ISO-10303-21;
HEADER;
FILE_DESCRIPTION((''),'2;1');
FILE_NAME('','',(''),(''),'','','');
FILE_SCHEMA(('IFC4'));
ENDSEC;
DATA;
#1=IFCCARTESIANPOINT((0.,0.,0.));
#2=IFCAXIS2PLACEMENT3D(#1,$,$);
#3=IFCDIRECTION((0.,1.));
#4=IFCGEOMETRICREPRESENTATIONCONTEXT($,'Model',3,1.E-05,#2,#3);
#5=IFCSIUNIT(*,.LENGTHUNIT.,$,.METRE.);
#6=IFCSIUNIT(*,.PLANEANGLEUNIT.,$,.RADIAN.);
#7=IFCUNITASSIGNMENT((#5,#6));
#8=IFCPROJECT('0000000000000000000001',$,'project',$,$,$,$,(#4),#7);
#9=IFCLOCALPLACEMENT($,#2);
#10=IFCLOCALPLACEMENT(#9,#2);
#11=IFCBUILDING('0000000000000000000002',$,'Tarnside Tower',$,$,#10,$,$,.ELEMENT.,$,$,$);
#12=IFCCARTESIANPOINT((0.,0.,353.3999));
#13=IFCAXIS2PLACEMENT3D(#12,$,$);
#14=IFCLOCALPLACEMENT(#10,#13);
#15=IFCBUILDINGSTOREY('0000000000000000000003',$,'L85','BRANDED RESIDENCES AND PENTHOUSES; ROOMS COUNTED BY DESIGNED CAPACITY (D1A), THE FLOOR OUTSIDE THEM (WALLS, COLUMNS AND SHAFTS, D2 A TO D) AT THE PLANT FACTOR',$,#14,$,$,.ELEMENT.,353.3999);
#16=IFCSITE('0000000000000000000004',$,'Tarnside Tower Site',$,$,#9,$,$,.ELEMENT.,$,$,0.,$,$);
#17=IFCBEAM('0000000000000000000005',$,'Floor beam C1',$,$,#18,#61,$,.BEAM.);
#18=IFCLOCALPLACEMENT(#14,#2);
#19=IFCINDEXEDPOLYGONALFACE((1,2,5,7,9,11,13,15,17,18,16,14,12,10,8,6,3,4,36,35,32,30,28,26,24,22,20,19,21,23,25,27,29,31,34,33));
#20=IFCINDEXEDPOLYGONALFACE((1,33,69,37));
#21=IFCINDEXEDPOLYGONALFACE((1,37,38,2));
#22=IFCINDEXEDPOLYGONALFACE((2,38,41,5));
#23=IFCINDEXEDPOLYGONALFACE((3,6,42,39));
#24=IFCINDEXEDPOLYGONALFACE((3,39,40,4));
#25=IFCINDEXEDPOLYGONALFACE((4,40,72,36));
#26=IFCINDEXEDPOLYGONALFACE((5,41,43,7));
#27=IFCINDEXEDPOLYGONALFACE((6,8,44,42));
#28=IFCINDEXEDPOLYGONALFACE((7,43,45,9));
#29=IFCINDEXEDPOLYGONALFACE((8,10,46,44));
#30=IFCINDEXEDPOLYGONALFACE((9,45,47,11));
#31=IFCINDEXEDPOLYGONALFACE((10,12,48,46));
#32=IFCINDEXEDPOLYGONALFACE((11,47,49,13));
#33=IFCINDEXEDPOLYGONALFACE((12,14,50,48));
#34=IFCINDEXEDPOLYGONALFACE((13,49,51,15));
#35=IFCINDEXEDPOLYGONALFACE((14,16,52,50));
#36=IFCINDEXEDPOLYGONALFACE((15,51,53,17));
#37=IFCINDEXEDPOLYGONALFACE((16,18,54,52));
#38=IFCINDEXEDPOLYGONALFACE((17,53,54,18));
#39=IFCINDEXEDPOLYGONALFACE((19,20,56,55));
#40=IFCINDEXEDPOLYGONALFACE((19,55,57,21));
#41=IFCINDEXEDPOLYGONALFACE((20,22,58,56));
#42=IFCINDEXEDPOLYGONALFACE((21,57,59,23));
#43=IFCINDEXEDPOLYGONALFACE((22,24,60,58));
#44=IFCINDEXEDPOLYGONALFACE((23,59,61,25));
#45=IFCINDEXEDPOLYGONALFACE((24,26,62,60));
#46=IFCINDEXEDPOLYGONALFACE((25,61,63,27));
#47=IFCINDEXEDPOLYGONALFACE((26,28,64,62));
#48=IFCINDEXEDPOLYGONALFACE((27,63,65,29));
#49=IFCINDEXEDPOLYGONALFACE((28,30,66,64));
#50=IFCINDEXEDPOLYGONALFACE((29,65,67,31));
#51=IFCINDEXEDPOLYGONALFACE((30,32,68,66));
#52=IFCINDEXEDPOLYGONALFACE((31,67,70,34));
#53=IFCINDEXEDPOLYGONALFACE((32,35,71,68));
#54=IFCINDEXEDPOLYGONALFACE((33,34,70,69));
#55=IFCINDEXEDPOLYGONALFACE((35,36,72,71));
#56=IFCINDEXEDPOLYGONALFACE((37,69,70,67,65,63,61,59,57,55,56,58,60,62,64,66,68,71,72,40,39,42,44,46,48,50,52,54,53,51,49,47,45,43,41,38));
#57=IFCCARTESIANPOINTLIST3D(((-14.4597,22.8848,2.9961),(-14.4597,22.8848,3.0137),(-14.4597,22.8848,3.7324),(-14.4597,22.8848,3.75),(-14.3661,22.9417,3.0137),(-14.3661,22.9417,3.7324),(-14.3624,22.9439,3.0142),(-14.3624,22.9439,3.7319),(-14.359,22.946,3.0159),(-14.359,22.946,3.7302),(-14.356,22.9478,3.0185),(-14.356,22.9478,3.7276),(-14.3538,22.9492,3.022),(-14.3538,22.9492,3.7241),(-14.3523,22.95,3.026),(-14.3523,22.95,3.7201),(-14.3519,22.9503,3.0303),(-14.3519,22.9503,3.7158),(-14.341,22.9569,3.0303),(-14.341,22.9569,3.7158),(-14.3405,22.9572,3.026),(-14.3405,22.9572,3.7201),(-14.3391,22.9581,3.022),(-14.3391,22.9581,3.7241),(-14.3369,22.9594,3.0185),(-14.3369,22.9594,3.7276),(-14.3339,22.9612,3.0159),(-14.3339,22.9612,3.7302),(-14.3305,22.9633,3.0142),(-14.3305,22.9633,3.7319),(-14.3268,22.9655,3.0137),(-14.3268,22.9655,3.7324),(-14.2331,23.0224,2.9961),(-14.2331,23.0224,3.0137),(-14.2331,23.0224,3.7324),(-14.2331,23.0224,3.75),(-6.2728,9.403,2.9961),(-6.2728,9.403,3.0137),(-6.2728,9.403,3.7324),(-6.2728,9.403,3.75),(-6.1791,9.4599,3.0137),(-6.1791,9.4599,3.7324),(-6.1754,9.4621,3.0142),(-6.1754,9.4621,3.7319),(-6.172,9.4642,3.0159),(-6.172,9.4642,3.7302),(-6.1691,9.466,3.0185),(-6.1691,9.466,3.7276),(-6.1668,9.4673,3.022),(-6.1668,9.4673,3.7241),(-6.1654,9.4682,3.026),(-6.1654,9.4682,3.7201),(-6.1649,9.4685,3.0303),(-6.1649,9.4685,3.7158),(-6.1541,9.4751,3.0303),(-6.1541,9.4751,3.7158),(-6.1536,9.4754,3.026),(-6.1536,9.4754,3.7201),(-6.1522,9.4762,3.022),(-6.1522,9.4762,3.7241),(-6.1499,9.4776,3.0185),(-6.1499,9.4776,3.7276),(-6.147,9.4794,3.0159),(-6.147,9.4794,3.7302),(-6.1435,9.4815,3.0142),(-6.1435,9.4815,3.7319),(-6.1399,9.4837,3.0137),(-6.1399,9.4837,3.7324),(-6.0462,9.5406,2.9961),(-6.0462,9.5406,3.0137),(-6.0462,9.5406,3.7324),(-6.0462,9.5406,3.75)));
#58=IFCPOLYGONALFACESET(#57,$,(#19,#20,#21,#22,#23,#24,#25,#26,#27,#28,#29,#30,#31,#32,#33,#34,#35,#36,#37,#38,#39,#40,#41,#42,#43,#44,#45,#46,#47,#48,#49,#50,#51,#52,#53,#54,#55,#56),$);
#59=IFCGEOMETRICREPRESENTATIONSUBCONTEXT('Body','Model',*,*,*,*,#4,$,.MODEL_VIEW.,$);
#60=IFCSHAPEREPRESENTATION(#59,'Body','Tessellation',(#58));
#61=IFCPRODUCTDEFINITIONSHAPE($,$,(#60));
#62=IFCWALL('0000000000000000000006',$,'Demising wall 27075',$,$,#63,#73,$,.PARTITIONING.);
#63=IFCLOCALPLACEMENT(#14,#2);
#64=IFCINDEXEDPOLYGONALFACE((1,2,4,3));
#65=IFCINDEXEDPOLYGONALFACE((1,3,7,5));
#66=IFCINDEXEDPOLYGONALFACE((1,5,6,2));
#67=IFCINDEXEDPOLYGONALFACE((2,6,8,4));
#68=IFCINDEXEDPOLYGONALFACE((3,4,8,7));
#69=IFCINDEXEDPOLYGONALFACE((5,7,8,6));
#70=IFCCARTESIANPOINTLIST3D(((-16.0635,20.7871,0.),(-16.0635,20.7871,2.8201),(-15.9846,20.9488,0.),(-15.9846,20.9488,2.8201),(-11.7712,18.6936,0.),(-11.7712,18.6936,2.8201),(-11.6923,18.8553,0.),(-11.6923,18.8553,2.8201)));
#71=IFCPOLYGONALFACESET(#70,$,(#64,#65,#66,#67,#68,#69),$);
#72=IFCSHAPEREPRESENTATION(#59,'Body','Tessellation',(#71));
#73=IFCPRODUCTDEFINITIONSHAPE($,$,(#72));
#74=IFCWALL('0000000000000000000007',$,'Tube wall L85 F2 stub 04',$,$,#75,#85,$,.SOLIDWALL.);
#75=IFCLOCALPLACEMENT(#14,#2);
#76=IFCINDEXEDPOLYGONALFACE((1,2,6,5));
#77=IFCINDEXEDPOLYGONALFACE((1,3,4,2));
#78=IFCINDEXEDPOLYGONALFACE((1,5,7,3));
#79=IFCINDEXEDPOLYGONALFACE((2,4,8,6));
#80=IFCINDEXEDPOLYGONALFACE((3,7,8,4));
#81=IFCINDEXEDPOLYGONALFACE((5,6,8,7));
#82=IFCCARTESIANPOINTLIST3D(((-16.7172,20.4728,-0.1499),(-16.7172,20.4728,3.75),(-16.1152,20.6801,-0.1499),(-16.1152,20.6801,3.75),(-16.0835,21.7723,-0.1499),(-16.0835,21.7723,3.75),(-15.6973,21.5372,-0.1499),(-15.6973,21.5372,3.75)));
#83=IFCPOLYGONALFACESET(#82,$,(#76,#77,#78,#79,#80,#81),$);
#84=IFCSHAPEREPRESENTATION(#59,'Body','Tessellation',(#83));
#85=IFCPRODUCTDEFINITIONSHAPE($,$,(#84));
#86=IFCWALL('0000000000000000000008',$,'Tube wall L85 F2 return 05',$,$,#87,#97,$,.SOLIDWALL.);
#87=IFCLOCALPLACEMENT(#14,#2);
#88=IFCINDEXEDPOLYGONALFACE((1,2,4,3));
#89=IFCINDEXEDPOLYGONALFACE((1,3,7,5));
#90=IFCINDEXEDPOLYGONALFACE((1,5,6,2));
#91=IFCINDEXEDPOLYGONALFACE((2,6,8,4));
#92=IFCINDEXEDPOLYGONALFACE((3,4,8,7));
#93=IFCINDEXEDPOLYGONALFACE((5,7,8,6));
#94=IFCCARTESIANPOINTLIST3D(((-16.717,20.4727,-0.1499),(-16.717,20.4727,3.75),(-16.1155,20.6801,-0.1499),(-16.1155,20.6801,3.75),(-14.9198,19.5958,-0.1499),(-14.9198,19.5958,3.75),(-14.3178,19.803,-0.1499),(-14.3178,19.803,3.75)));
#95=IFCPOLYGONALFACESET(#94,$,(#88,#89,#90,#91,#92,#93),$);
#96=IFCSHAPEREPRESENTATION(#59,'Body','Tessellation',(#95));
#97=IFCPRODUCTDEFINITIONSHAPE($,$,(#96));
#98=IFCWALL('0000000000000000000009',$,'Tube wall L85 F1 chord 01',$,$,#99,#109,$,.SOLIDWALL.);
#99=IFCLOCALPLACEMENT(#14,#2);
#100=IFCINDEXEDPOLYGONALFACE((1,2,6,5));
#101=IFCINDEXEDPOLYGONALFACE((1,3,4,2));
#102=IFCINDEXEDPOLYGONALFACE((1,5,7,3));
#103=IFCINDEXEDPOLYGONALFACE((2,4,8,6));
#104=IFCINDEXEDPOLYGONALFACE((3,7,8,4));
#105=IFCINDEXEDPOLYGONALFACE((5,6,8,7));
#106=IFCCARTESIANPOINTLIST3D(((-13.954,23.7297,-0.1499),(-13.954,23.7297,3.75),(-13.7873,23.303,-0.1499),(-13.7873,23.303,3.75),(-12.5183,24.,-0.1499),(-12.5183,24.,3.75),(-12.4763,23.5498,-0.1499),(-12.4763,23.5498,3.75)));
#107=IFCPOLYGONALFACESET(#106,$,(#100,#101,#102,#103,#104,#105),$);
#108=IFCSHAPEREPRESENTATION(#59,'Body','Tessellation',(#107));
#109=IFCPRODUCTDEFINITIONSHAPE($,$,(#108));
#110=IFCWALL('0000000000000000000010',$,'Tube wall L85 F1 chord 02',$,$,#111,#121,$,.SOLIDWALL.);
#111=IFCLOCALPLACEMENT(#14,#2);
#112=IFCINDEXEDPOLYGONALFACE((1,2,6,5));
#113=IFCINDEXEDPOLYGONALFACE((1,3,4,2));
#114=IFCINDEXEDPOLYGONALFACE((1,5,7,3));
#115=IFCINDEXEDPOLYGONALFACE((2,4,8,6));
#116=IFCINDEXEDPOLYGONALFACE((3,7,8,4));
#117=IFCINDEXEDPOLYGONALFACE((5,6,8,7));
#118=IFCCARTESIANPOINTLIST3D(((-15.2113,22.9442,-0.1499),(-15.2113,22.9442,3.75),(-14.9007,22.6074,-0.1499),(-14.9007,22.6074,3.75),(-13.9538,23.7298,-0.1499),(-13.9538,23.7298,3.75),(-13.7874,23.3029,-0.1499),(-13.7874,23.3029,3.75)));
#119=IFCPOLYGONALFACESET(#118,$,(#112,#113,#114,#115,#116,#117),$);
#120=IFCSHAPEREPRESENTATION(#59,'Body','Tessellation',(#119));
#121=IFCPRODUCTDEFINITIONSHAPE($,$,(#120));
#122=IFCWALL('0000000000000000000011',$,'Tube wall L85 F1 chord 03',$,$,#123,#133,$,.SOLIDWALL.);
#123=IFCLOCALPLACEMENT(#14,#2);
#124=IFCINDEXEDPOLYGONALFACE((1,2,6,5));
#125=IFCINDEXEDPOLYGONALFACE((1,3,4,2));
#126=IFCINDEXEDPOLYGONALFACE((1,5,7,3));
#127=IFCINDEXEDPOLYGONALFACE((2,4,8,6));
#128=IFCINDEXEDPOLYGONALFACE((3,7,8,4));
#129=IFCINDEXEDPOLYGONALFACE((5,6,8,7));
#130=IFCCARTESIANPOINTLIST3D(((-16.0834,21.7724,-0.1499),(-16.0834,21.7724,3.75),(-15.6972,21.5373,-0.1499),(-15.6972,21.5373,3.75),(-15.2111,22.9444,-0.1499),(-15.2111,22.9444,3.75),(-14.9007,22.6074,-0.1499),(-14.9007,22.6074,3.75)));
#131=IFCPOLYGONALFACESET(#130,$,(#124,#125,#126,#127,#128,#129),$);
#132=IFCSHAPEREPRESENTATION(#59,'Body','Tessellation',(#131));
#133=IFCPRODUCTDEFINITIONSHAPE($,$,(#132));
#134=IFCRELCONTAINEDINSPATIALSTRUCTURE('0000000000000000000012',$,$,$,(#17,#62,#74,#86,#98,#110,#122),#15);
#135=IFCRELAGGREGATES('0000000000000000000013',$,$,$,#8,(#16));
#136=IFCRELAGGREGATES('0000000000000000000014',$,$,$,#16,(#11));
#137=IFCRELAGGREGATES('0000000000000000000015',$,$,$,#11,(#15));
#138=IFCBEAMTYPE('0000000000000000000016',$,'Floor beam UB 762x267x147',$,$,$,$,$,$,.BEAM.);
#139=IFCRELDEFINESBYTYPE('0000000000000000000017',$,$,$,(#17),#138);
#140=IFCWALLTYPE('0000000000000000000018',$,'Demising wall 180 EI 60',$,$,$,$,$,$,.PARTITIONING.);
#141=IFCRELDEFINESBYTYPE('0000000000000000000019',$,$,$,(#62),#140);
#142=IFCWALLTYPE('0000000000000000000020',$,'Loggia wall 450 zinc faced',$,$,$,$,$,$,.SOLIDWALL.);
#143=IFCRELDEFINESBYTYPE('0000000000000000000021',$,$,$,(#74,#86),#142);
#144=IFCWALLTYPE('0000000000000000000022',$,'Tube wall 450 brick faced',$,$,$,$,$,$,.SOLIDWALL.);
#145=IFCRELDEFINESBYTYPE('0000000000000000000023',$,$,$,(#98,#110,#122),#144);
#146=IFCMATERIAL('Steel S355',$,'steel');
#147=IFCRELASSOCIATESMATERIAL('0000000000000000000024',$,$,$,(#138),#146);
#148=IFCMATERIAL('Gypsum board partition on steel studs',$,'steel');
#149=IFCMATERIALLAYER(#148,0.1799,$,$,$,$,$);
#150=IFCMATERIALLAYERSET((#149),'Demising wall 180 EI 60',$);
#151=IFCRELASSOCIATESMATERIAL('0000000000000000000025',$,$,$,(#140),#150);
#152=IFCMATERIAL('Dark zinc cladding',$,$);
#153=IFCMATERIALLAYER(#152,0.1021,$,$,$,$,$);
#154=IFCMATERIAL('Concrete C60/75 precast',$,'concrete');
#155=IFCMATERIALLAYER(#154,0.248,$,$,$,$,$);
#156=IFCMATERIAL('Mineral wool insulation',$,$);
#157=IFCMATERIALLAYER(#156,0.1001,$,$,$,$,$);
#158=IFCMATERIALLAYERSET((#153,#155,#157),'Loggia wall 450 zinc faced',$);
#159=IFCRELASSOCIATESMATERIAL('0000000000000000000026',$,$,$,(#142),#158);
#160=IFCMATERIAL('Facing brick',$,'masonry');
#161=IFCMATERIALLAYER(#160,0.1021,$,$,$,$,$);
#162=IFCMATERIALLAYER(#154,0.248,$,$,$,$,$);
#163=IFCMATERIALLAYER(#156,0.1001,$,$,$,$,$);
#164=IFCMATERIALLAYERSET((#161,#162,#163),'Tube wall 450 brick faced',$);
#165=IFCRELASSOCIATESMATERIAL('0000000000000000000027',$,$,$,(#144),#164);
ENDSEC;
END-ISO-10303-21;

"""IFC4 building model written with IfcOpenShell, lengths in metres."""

from ifc_helpers import new_model, si_unit, direction, frame, frame_2d, origin, origin_2d, place, context, subcontext, project, spatial, polyline, rectangle, i_section, outline, extrude, material, layer, layer_set, material_profile, profile_set, type_object, element, save


model = new_model("IFC4")

# Units and contexts
model_context = context("Model", 3, precision=1e-05, world=origin(), true_north=direction((0.0, 1.0)))
body_context = subcontext(model_context, "Body", "Model", "MODEL_VIEW")
ifc_project = project(units=[si_unit("LENGTHUNIT", "METRE"), si_unit("PLANEANGLEUNIT", "RADIAN")], contexts=[model_context])

# Site, building, storey
site_placement = place(None, origin())
site = spatial("IfcSite", under=ifc_project, at=site_placement, Name="Tarnside Tower Site", CompositionType="ELEMENT", RefElevation=0.0)
building_placement = place(site_placement, origin())
building = spatial("IfcBuilding", under=site, at=building_placement, Name="Tarnside Tower", CompositionType="ELEMENT")
storey_placement = place(building_placement, frame((0.0, 0.0, 353.3999)))
storey = spatial("IfcBuildingStorey", under=building, at=storey_placement, Name="L85", Description="BRANDED RESIDENCES AND PENTHOUSES; ROOMS COUNTED BY DESIGNED CAPACITY (D1A), THE FLOOR OUTSIDE THEM (WALLS, COLUMNS AND SHAFTS, D2 A TO D) AT THE PLANT FACTOR", CompositionType="ELEMENT", Elevation=353.3999)

# Beam
ifc_material_1 = material(Name="Steel S355", Category="steel")
ifc_material_profile = material_profile(ifc_material_1, i_section(OverallWidth=0.2651, OverallDepth=0.7539, WebThickness=0.0127, FlangeThickness=0.0176, FilletRadius=0.0166, at=origin_2d()), Name="UB 762x267x147")
ifc_profile_set = profile_set([ifc_material_profile], Name="Steel S355")
beam_type = type_object("IfcBeamType", Name="Floor beam UB 762x267x147", PredefinedType="BEAM", material=ifc_profile_set)
beam_placement = place(storey_placement, frame((-14.3464, 22.9536, 3.373), z_axis=(0.51905, -0.854744, 0.0), x_axis=(0.854744, 0.51905, 0.0)))
element("IfcBeam", 1, at=beam_placement, inside=storey, type_object=beam_type, Name="Floor beam C1", PredefinedType="BEAM", context=body_context, shape_type="SweptSolid", body=[
    extrude(i_section(OverallWidth=0.2651, OverallDepth=0.7539, WebThickness=0.0127, FlangeThickness=0.0176, FilletRadius=0.0166, at=origin_2d()), origin(), (0.0, 0.0, 1.0), 15.7729),
])

# Walls
ifc_material_2 = material(Name="Gypsum board partition on steel studs", Category="steel")
ifc_layer_1 = layer(ifc_material_2, 0.1799)
ifc_layer_set_1 = layer_set([ifc_layer_1], Name="Demising wall 180 EI 60")
wall_type_1 = type_object("IfcWallType", Name="Demising wall 180 EI 60", PredefinedType="PARTITIONING", material=ifc_layer_set_1)
wall_1_placement = place(storey_placement, frame((-16.0239, 20.8679, 0.0), z_axis=(0.0, 0.0, 1.0), x_axis=(0.898791, -0.438378, 0.0)))
element("IfcWall", 2, at=wall_1_placement, inside=storey, type_object=wall_type_1, Name="Demising wall 27075", PredefinedType="PARTITIONING", context=body_context, shape_type="SweptSolid", body=[
    extrude(rectangle(XDim=4.7756, YDim=0.1799, at=frame_2d((2.3877, 0.0))), origin(), (0.0, 0.0, 1.0), 2.8201),
])
ifc_material_3 = material(Name="Dark zinc cladding")
ifc_layer_2 = layer(ifc_material_3, 0.1021)
ifc_material_4 = material(Name="Concrete C60/75 precast", Category="concrete")
ifc_layer_3 = layer(ifc_material_4, 0.248)
ifc_material_5 = material(Name="Mineral wool insulation")
ifc_layer_4 = layer(ifc_material_5, 0.1001)
ifc_layer_set_2 = layer_set([ifc_layer_2, ifc_layer_3, ifc_layer_4], Name="Loggia wall 450 zinc faced")
wall_type_2 = type_object("IfcWallType", Name="Loggia wall 450 zinc faced", PredefinedType="SOLIDWALL", material=ifc_layer_set_2)
wall_2_placement = place(storey_placement, frame((-15.8904, 21.6548, -0.1499), z_axis=(0.0, 0.0, 1.0), x_axis=(-0.438319, -0.898819, 0.0)))
element("IfcWall", 3, at=wall_2_placement, inside=storey, type_object=wall_type_2, Name="Tube wall L85 F2 stub 04", PredefinedType="SOLIDWALL", context=body_context, shape_type="SweptSolid", body=[
    extrude(outline(polyline([(-0.021, -0.2251), (1.4248, -0.2251), (0.9746, 0.2251), (0.021, 0.2251), (-0.021, -0.2251)])), origin(), (0.0, 0.0, 1.0), 3.8999),
])
wall_3_placement = place(storey_placement, frame((-16.4163, 20.5764, -0.1499), z_axis=(0.0, 0.0, 1.0), x_axis=(0.898731, -0.438501, 0.0)))
element("IfcWall", 4, at=wall_3_placement, inside=storey, type_object=wall_type_2, Name="Tube wall L85 F2 return 05", PredefinedType="SOLIDWALL", context=body_context, shape_type="SweptSolid", body=[
    extrude(outline(polyline([(-0.2249, -0.2251), (1.7749, -0.2251), (2.2251, 0.2251), (0.2249, 0.2251), (-0.2249, -0.2251)])), origin(), (0.0, 0.0, 1.0), 3.8999),
])

# Walls
ifc_material_6 = material(Name="Facing brick", Category="masonry")
ifc_layer_5 = layer(ifc_material_6, 0.1021)
ifc_layer_6 = layer(ifc_material_4, 0.248)
ifc_layer_7 = layer(ifc_material_5, 0.1001)
ifc_layer_set_3 = layer_set([ifc_layer_5, ifc_layer_6, ifc_layer_7], Name="Tube wall 450 brick faced")
wall_type_3 = type_object("IfcWallType", Name="Tube wall 450 brick faced", PredefinedType="SOLIDWALL", material=ifc_layer_set_3)
wall_4_placement = place(storey_placement, frame((-12.4973, 23.7749, -0.1499), z_axis=(0.0, 0.0, 1.0), x_axis=(-0.982735, -0.185016, 0.0)))
element("IfcWall", 5, at=wall_4_placement, inside=storey, type_object=wall_type_3, Name="Tube wall L85 F1 chord 01", PredefinedType="SOLIDWALL", context=body_context, shape_type="SweptSolid", body=[
    extrude(outline(polyline([(-0.021, -0.2251), (1.4399, -0.2251), (1.355, 0.2251), (0.021, 0.2251), (-0.021, -0.2251)])), origin(), (0.0, 0.0, 1.0), 3.8999),
])
wall_5_placement = place(storey_placement, frame((-13.8706, 23.5164, -0.1499), z_axis=(0.0, 0.0, 1.0), x_axis=(-0.848106, -0.529826, 0.0)))
element("IfcWall", 6, at=wall_5_placement, inside=storey, type_object=wall_type_3, Name="Tube wall L85 F1 chord 02", PredefinedType="SOLIDWALL", context=body_context, shape_type="SweptSolid", body=[
    extrude(outline(polyline([(-0.0425, -0.2251), (1.4402, -0.2251), (1.3552, 0.2251), (0.0425, 0.2251), (-0.0425, -0.2251)])), origin(), (0.0, 0.0, 1.0), 3.8999),
])
wall_6_placement = place(storey_placement, frame((-15.0559, 22.7759, -0.1499), z_axis=(0.0, 0.0, 1.0), x_axis=(-0.597089, -0.802175, 0.0)))
element("IfcWall", 7, at=wall_6_placement, inside=storey, type_object=wall_type_3, Name="Tube wall L85 F1 chord 03", PredefinedType="SOLIDWALL", context=body_context, shape_type="SweptSolid", body=[
    extrude(outline(polyline([(-0.0425, -0.2251), (1.4185, -0.2251), (1.3765, 0.2251), (0.0425, 0.2251), (-0.0425, -0.2251)])), origin(), (0.0, 0.0, 1.0), 3.8999),
])

save(model, "model.ifc")
